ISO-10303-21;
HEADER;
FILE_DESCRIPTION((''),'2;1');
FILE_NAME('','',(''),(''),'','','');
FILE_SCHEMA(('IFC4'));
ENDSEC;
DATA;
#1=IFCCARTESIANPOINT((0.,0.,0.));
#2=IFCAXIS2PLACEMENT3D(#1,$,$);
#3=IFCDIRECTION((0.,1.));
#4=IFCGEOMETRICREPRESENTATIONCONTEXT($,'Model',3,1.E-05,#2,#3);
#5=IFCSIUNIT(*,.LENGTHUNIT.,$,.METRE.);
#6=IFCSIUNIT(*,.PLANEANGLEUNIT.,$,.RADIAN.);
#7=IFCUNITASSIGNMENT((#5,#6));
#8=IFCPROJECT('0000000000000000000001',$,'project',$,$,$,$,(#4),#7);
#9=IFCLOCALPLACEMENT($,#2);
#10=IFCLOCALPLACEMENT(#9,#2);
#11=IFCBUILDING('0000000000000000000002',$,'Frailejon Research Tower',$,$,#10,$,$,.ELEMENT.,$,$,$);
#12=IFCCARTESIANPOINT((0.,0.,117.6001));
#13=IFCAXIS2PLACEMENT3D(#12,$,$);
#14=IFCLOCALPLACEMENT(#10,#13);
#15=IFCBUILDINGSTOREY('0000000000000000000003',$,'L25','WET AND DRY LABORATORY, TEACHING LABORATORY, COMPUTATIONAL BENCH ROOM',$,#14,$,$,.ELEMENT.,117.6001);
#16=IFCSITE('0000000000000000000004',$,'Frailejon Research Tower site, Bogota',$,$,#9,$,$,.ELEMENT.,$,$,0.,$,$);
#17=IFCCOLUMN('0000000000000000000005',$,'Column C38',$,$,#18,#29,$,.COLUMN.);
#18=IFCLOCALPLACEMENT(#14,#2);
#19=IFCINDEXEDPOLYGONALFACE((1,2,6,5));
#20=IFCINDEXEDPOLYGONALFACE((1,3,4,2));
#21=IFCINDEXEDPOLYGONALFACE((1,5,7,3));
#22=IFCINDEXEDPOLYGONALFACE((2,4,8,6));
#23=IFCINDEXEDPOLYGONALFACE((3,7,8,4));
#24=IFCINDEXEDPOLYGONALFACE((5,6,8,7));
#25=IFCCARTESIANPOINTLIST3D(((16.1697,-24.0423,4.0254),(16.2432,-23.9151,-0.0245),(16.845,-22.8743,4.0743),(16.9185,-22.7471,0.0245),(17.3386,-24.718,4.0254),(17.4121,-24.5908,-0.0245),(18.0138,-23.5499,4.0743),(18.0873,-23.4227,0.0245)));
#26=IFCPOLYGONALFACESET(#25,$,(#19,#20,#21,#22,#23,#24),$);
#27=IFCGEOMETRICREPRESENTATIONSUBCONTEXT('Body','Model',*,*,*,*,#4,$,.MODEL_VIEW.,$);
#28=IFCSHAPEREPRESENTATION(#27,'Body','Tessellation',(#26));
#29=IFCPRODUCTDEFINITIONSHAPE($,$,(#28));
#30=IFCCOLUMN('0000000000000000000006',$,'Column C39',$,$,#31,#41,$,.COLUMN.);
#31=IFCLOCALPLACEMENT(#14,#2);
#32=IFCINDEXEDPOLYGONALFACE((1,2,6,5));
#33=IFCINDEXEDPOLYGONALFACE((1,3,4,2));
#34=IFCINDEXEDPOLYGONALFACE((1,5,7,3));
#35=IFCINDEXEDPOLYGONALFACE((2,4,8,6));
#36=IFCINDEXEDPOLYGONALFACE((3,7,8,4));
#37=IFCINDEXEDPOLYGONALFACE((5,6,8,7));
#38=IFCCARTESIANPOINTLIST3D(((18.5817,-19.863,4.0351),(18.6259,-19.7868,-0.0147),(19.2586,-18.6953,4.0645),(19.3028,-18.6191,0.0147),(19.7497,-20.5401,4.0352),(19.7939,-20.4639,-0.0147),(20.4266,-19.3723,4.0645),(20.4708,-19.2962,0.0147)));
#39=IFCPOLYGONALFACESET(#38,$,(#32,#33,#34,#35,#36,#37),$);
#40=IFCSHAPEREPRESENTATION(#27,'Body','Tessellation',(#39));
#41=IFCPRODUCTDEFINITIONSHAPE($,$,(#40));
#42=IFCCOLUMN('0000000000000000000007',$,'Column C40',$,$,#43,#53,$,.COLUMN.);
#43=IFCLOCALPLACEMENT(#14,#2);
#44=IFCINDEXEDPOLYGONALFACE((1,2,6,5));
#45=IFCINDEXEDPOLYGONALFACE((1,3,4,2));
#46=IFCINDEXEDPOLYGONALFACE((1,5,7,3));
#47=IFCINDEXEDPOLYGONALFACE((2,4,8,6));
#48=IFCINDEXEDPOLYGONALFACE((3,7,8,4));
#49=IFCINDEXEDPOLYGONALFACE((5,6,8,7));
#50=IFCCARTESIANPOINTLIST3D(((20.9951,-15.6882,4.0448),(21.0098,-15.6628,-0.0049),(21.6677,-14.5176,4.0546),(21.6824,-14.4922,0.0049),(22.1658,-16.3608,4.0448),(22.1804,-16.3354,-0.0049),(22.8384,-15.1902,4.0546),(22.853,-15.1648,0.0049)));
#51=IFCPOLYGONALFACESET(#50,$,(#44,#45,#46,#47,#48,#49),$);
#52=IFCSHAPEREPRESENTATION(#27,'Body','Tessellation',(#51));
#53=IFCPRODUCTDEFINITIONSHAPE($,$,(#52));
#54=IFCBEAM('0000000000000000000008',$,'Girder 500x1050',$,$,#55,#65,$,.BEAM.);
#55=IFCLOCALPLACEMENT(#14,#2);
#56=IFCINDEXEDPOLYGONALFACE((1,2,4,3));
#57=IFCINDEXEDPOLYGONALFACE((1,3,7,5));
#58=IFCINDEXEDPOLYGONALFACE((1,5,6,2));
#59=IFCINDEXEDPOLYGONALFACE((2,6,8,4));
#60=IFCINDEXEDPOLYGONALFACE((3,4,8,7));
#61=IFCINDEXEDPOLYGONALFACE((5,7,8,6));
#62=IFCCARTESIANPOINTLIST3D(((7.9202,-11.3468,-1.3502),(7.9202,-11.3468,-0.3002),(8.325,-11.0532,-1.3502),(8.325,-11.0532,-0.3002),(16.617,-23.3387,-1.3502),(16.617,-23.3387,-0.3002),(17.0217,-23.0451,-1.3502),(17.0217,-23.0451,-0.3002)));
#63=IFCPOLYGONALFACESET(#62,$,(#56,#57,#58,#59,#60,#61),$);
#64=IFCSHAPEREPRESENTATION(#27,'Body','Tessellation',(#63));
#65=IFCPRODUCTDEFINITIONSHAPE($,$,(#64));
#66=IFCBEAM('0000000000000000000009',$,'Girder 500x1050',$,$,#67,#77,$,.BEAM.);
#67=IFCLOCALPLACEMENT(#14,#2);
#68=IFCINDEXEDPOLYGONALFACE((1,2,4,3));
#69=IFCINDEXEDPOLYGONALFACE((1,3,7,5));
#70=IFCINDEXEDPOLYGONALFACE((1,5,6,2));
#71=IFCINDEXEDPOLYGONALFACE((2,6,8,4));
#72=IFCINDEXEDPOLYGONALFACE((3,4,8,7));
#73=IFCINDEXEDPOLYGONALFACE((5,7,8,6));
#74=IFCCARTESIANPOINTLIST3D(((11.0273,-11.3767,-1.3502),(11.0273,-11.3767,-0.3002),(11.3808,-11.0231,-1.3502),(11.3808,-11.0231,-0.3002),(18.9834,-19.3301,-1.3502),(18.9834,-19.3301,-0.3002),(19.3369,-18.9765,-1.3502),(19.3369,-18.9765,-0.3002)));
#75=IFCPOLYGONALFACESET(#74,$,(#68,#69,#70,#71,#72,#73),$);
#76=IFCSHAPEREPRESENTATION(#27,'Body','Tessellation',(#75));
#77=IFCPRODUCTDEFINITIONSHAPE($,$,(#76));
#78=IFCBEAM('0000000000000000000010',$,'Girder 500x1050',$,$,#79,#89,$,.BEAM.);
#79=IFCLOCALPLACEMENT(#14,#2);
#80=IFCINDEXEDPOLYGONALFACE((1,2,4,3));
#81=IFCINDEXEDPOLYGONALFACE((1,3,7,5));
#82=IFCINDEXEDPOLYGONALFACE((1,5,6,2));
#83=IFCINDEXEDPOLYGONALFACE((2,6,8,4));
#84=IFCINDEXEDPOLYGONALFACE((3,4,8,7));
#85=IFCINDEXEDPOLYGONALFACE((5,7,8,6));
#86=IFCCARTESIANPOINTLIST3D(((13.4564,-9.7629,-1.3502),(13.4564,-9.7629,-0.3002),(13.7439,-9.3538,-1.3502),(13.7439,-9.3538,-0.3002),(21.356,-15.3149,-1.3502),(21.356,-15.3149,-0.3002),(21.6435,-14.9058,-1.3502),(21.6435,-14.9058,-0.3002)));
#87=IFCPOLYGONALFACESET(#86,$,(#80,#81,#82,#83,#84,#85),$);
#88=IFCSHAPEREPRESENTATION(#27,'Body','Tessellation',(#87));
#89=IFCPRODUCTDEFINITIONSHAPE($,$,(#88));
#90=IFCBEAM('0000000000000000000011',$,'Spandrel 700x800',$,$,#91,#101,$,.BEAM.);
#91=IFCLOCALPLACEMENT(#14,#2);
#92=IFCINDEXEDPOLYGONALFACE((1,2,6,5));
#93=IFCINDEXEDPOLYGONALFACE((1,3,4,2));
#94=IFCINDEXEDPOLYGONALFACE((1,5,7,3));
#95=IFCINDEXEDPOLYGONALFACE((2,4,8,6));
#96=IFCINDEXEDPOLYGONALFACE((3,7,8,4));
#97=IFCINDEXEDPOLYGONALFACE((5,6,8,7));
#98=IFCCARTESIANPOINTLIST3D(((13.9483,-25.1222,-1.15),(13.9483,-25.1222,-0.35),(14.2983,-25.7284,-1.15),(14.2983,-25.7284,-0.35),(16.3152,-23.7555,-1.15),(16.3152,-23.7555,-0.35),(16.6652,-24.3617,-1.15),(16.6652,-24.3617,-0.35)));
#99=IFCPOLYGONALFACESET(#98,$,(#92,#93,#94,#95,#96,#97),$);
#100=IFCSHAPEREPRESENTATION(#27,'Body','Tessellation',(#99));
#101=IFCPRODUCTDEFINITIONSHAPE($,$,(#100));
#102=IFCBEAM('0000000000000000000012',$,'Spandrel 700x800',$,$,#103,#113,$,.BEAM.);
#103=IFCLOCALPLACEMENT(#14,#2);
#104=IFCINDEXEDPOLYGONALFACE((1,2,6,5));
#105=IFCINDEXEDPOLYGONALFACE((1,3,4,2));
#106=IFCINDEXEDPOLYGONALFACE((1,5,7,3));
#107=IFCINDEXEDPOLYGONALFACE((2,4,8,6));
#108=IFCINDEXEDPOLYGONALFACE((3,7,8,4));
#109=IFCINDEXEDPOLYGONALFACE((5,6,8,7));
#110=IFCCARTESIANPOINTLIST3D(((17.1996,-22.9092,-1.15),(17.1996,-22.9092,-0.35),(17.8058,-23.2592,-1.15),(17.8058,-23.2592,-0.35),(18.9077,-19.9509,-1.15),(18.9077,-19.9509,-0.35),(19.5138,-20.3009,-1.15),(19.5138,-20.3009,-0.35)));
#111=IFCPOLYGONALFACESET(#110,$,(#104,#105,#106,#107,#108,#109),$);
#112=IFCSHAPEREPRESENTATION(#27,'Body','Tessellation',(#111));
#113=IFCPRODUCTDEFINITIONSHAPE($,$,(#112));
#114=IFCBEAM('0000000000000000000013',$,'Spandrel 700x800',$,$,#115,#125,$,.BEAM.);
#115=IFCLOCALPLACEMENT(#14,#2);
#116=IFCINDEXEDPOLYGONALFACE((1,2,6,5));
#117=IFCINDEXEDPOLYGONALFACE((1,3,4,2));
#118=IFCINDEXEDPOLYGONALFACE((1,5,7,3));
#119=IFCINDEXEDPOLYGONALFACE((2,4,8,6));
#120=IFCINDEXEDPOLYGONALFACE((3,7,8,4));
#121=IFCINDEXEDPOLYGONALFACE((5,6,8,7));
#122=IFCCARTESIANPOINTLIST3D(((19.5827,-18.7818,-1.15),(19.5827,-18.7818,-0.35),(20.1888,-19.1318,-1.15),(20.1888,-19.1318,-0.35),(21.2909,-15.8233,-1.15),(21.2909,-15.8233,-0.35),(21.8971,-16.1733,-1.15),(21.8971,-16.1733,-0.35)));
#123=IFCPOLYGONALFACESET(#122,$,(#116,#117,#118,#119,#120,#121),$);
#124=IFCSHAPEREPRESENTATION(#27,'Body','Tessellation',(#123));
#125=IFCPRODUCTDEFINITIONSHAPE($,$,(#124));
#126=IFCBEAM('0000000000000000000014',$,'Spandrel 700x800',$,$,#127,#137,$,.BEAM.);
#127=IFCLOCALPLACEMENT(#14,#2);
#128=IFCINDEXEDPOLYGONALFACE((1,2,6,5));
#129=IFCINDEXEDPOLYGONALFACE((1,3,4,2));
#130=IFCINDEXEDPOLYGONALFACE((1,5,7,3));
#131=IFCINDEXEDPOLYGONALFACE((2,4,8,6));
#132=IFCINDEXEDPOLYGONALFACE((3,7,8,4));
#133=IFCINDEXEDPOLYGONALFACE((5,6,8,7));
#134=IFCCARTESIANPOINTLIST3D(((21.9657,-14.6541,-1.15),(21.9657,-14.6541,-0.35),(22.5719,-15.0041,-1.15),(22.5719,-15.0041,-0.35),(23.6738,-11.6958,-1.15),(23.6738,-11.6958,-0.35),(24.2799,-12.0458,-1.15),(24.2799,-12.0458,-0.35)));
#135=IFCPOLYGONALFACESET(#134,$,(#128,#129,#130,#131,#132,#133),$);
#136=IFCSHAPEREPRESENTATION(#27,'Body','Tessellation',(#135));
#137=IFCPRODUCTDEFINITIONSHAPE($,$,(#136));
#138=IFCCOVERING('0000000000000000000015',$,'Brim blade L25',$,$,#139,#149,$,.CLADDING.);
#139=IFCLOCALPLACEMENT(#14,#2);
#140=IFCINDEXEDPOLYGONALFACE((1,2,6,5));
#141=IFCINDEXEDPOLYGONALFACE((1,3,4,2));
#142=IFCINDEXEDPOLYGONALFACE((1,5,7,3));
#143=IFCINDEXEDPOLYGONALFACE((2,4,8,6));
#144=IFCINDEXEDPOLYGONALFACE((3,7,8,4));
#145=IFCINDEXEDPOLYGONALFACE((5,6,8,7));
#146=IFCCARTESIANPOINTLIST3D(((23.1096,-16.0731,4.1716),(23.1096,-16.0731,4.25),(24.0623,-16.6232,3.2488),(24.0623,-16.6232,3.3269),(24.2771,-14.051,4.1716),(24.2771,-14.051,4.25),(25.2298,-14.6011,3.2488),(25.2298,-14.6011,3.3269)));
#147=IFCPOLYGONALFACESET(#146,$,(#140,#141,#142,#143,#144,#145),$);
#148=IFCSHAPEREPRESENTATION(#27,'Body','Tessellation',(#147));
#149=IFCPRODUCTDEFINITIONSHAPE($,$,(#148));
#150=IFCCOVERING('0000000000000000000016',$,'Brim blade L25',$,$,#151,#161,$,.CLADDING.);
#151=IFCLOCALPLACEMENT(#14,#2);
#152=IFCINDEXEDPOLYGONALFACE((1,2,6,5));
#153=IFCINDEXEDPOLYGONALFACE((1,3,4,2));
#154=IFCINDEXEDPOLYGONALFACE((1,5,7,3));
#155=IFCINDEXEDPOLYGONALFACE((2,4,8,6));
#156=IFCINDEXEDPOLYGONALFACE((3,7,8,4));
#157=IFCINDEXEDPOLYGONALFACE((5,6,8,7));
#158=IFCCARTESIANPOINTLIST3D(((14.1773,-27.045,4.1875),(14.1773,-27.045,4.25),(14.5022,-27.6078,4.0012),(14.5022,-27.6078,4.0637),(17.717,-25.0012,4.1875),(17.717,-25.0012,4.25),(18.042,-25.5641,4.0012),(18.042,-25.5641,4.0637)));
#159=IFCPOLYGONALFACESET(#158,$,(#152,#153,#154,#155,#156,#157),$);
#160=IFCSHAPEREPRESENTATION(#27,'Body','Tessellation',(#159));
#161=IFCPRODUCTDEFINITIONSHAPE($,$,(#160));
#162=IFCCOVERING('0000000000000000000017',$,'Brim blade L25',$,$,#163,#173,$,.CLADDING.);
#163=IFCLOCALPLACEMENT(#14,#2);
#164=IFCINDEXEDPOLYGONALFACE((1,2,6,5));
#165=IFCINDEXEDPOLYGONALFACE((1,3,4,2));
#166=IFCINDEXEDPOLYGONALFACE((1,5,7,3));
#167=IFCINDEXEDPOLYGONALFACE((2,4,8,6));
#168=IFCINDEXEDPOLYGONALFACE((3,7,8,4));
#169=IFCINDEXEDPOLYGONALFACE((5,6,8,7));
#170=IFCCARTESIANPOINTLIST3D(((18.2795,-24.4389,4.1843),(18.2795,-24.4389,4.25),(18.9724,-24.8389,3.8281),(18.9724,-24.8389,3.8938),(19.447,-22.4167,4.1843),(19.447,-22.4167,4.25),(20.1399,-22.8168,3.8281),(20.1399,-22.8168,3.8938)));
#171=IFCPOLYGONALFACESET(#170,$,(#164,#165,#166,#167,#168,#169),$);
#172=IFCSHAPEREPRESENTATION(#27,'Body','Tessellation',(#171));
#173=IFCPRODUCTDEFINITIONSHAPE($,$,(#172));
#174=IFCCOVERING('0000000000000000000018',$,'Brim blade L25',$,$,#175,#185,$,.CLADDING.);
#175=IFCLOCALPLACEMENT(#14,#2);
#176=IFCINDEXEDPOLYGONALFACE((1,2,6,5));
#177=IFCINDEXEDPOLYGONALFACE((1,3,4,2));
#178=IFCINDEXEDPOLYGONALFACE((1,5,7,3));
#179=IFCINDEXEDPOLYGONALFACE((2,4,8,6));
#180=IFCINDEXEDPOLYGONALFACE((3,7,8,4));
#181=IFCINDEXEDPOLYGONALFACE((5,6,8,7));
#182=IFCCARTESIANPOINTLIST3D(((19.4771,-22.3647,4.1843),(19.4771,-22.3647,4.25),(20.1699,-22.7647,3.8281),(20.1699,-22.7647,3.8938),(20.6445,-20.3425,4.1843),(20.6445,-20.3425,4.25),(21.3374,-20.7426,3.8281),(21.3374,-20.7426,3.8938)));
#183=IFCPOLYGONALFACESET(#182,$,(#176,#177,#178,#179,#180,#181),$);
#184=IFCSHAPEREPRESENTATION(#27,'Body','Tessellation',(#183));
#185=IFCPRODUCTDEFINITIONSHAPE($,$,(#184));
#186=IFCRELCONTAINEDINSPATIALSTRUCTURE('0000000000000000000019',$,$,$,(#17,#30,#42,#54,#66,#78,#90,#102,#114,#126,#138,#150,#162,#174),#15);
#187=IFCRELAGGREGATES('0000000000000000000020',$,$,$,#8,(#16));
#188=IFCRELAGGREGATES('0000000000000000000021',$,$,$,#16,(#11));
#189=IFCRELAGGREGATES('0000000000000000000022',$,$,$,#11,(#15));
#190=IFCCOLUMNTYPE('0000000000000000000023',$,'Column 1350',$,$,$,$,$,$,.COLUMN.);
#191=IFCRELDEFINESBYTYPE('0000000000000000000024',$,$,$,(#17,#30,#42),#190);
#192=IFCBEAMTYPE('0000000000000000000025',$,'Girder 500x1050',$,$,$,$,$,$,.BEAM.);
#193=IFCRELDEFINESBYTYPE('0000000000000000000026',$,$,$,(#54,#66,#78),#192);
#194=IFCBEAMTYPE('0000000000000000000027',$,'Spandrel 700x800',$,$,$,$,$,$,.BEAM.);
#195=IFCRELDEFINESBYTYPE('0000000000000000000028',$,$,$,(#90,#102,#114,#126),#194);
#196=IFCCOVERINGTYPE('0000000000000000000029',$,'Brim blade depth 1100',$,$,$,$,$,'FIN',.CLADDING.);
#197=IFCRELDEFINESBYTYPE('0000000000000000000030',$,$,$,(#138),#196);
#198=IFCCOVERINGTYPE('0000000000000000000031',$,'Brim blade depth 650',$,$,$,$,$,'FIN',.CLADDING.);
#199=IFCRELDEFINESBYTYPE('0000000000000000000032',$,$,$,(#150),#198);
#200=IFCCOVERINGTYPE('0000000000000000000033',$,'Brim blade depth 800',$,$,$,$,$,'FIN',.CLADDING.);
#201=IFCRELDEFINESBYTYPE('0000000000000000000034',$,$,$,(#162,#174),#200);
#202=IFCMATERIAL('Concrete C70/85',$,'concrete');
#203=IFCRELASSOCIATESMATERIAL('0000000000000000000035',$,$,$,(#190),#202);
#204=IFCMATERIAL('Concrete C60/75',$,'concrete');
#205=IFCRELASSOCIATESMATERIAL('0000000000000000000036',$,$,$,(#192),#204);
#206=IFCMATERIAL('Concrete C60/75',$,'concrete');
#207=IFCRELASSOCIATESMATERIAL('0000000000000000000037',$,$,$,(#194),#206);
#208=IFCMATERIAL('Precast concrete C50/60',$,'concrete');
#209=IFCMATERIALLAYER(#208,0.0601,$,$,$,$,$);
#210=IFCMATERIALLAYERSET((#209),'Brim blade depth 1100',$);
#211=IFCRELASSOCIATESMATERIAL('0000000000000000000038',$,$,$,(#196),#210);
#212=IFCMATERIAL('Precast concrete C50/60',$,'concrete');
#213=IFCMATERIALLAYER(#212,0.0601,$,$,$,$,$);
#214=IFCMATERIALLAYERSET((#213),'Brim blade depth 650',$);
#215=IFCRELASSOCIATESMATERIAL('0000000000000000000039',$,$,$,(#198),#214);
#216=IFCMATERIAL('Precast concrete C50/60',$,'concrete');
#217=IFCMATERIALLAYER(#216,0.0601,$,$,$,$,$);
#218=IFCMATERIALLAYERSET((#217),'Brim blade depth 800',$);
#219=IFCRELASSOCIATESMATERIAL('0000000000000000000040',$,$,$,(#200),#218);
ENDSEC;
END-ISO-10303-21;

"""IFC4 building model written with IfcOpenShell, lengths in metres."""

from ifc_helpers import new_model, si_unit, direction, frame, origin, origin_2d, place, context, subcontext, project, spatial, polyline, rectangle, outline, extrude, material, layer, layer_set, material_profile, profile_set, type_object, element, save


model = new_model("IFC4")

# Units and contexts
model_context = context("Model", 3, precision=1e-05, world=origin(), true_north=direction((0.0, 1.0)))
body_context = subcontext(model_context, "Body", "Model", "MODEL_VIEW")
ifc_project = project(units=[si_unit("LENGTHUNIT", "METRE"), si_unit("PLANEANGLEUNIT", "RADIAN")], contexts=[model_context])

# Site, building, storey
site_placement = place(None, origin())
site = spatial("IfcSite", under=ifc_project, at=site_placement, Name="Frailejon Research Tower site, Bogota", CompositionType="ELEMENT", RefElevation=0.0)
building_placement = place(site_placement, origin())
building = spatial("IfcBuilding", under=site, at=building_placement, Name="Frailejon Research Tower", CompositionType="ELEMENT")
storey_placement = place(building_placement, frame((0.0, 0.0, 117.6001)))
storey = spatial("IfcBuildingStorey", under=building, at=storey_placement, Name="L25", Description="WET AND DRY LABORATORY, TEACHING LABORATORY, COMPUTATIONAL BENCH ROOM", CompositionType="ELEMENT", Elevation=117.6001)

# Columns
ifc_material_1 = material(Name="Concrete C70/85", Category="concrete")
ifc_material_profile_1 = material_profile(ifc_material_1, rectangle(XDim=1.3501, YDim=1.3501, at=origin_2d()), Name="Column 1350")
ifc_profile_set_1 = profile_set([ifc_material_profile_1], Name="Concrete C70/85")
column_type = type_object("IfcColumnType", Name="Column 1350", PredefinedType="COLUMN", material=ifc_profile_set_1)
column_1_placement = place(storey_placement, frame((17.1653, -23.6689, 0.0), z_axis=(-0.018134, -0.031388, 0.999343), x_axis=(0.500145, 0.865183, 0.036249)))
element("IfcColumn", 1, at=column_1_placement, inside=storey, type_object=column_type, Name="Column C38", PredefinedType="COLUMN", context=body_context, shape_type="SweptSolid", body=[
    extrude(rectangle(XDim=1.3501, YDim=1.3501, at=origin_2d()), origin(), (0.0, 0.0, 1.0), 4.0525),
])
column_2_placement = place(storey_placement, frame((19.5483, -19.5415, 0.0), z_axis=(-0.010909, -0.018804, 0.999764), x_axis=(0.501388, 0.864949, 0.02174)))
element("IfcColumn", 2, at=column_2_placement, inside=storey, type_object=column_type, Name="Column C39", PredefinedType="COLUMN", context=body_context, shape_type="SweptSolid", body=[
    extrude(rectangle(XDim=1.3501, YDim=1.3501, at=origin_2d()), origin(), (0.0, 0.0, 1.0), 4.0508),
])
column_3_placement = place(storey_placement, frame((21.9314, -15.4138, 0.0), z_axis=(-0.003617, -0.006269, 0.999974), x_axis=(0.498177, 0.867045, 0.007238)))
element("IfcColumn", 3, at=column_3_placement, inside=storey, type_object=column_type, Name="Column C40", PredefinedType="COLUMN", context=body_context, shape_type="SweptSolid", body=[
    extrude(rectangle(XDim=1.3501, YDim=1.3501, at=origin_2d()), origin(), (0.0, 0.0, 1.0), 4.0498),
])

# Beams
ifc_material_2 = material(Name="Concrete C60/75", Category="concrete")
ifc_material_profile_2 = material_profile(ifc_material_2, rectangle(XDim=0.5, YDim=1.05, at=origin_2d()), Name="Girder 500x1050")
ifc_profile_set_2 = profile_set([ifc_material_profile_2], Name="Concrete C60/75")
beam_type_1 = type_object("IfcBeamType", Name="Girder 500x1050", PredefinedType="BEAM", material=ifc_profile_set_2)
beam_1_placement = place(storey_placement, frame((16.8193, -23.1919, -0.8252), z_axis=(-0.587083, 0.809526, 0.0), x_axis=(-0.809526, -0.587083, 0.0)))
element("IfcBeam", 4, at=beam_1_placement, inside=storey, type_object=beam_type_1, Name="Girder 500x1050", PredefinedType="BEAM", context=body_context, shape_type="SweptSolid", body=[
    extrude(rectangle(XDim=0.5, YDim=1.05, at=origin_2d()), origin(), (0.0, 0.0, 1.0), 14.8135),
])
beam_2_placement = place(storey_placement, frame((19.1602, -19.1533, -0.8252), z_axis=(-0.707226, 0.706987, 0.0), x_axis=(-0.706987, -0.707226, 0.0)))
element("IfcBeam", 5, at=beam_2_placement, inside=storey, type_object=beam_type_1, Name="Girder 500x1050", PredefinedType="BEAM", context=body_context, shape_type="SweptSolid", body=[
    extrude(rectangle(XDim=0.5, YDim=1.05, at=origin_2d()), origin(), (0.0, 0.0, 1.0), 11.2498),
])
beam_3_placement = place(storey_placement, frame((21.4998, -15.1104, -0.8252), z_axis=(-0.818148, 0.575007, 0.0), x_axis=(-0.575007, -0.818148, 0.0)))
element("IfcBeam", 6, at=beam_3_placement, inside=storey, type_object=beam_type_1, Name="Girder 500x1050", PredefinedType="BEAM", context=body_context, shape_type="SweptSolid", body=[
    extrude(rectangle(XDim=0.5, YDim=1.05, at=origin_2d()), origin(), (0.0, 0.0, 1.0), 9.6555),
])
ifc_material_3 = material(Name="Concrete C60/75", Category="concrete")
ifc_material_profile_3 = material_profile(ifc_material_3, rectangle(XDim=0.7, YDim=0.8, at=origin_2d()), Name="Spandrel 700x800")
ifc_profile_set_3 = profile_set([ifc_material_profile_3], Name="Concrete C60/75")
beam_type_2 = type_object("IfcBeamType", Name="Spandrel 700x800", PredefinedType="BEAM", material=ifc_profile_set_3)
beam_4_placement = place(storey_placement, frame((14.1233, -25.4253, -0.75), z_axis=(0.866003, 0.500039, 0.0), x_axis=(-0.500039, 0.866003, 0.0)))
element("IfcBeam", 7, at=beam_4_placement, inside=storey, type_object=beam_type_2, Name="Spandrel 700x800", PredefinedType="BEAM", context=body_context, shape_type="SweptSolid", body=[
    extrude(rectangle(XDim=0.7, YDim=0.8, at=origin_2d()), origin(), (0.0, 0.0, 1.0), 2.7332),
])
beam_5_placement = place(storey_placement, frame((17.5027, -23.0842, -0.75), z_axis=(0.500013, 0.866018, 0.0), x_axis=(-0.866018, 0.500013, 0.0)))
element("IfcBeam", 8, at=beam_5_placement, inside=storey, type_object=beam_type_2, Name="Spandrel 700x800", PredefinedType="BEAM", context=body_context, shape_type="SweptSolid", body=[
    extrude(rectangle(XDim=0.7, YDim=0.8, at=origin_2d()), origin(), (0.0, 0.0, 1.0), 3.416),
])
beam_6_placement = place(storey_placement, frame((19.8857, -18.9568, -0.75), z_axis=(0.500036, 0.866005, 0.0), x_axis=(-0.866005, 0.500036, 0.0)))
element("IfcBeam", 9, at=beam_6_placement, inside=storey, type_object=beam_type_2, Name="Spandrel 700x800", PredefinedType="BEAM", context=body_context, shape_type="SweptSolid", body=[
    extrude(rectangle(XDim=0.7, YDim=0.8, at=origin_2d()), origin(), (0.0, 0.0, 1.0), 3.4163),
])
beam_7_placement = place(storey_placement, frame((22.2688, -14.8291, -0.75), z_axis=(0.500013, 0.866018, 0.0), x_axis=(-0.866018, 0.500013, 0.0)))
element("IfcBeam", 10, at=beam_7_placement, inside=storey, type_object=beam_type_2, Name="Spandrel 700x800", PredefinedType="BEAM", context=body_context, shape_type="SweptSolid", body=[
    extrude(rectangle(XDim=0.7, YDim=0.8, at=origin_2d()), origin(), (0.0, 0.0, 1.0), 3.416),
])

# Coverings
ifc_material_4 = material(Name="Precast concrete C50/60", Category="concrete")
ifc_layer_1 = layer(ifc_material_4, 0.0601)
ifc_layer_set_1 = layer_set([ifc_layer_1], Name="Brim blade depth 1100")
covering_type_1 = type_object("IfcCoveringType", Name="Brim blade depth 1100", ElementType="FIN", PredefinedType="CLADDING", material=ifc_layer_set_1)
covering_1_placement = place(storey_placement, frame((24.2771, -14.051, 4.25), z_axis=(-0.500009, -0.86602, 0.0), x_axis=(0.86602, -0.500009, 0.0)))
element("IfcCovering", 11, at=covering_1_placement, inside=storey, type_object=covering_type_1, Name="Brim blade L25", PredefinedType="CLADDING", context=body_context, shape_type="SweptSolid", body=[
    extrude(outline(polyline([(0.0, -0.0784), (1.1001, -1.0012), (1.1001, -0.9231), (0.0, 0.0), (0.0, -0.0784)])), origin(), (0.0, 0.0, 1.0), 2.335),
])
ifc_material_5 = material(Name="Precast concrete C50/60", Category="concrete")
ifc_layer_2 = layer(ifc_material_5, 0.0601)
ifc_layer_set_2 = layer_set([ifc_layer_2], Name="Brim blade depth 650")
covering_type_2 = type_object("IfcCoveringType", Name="Brim blade depth 650", ElementType="FIN", PredefinedType="CLADDING", material=ifc_layer_set_2)
covering_2_placement = place(storey_placement, frame((17.717, -25.0012, 4.25), z_axis=(-0.866021, -0.500007, 0.0), x_axis=(0.500007, -0.866021, 0.0)))
element("IfcCovering", 12, at=covering_2_placement, inside=storey, type_object=covering_type_2, Name="Brim blade L25", PredefinedType="CLADDING", context=body_context, shape_type="SweptSolid", body=[
    extrude(outline(polyline([(0.0, -0.0625), (0.6499, -0.2488), (0.6499, -0.1863), (0.0, 0.0), (0.0, -0.0625)])), origin(), (0.0, 0.0, 1.0), 4.0874),
])
ifc_material_6 = material(Name="Precast concrete C50/60", Category="concrete")
ifc_layer_3 = layer(ifc_material_6, 0.0601)
ifc_layer_set_3 = layer_set([ifc_layer_3], Name="Brim blade depth 800")
covering_type_3 = type_object("IfcCoveringType", Name="Brim blade depth 800", ElementType="FIN", PredefinedType="CLADDING", material=ifc_layer_set_3)
for number, where, z_axis, x_axis, name in (
    (13, (19.447, -22.4167, 4.25), (-0.5, -0.866025, 0.0), (0.866025, -0.5, 0.0), "Brim blade L25"),
    (14, (20.6445, -20.3425, 4.25), (-0.5, -0.866025, 0.0), (0.866025, -0.5, 0.0), "Brim blade L25"),
):
    element("IfcCovering", number, at=place(storey_placement, frame(where, z_axis=z_axis, x_axis=x_axis)), inside=storey, type_object=covering_type_3, Name=name, PredefinedType="CLADDING", context=body_context, shape_type="SweptSolid", body=[
        extrude(outline(polyline([(0.0, -0.0657), (0.8, -0.4219), (0.8, -0.3562), (0.0, 0.0), (0.0, -0.0657)])), origin(), (0.0, 0.0, 1.0), 2.335),
    ])

save(model, "model.ifc")
